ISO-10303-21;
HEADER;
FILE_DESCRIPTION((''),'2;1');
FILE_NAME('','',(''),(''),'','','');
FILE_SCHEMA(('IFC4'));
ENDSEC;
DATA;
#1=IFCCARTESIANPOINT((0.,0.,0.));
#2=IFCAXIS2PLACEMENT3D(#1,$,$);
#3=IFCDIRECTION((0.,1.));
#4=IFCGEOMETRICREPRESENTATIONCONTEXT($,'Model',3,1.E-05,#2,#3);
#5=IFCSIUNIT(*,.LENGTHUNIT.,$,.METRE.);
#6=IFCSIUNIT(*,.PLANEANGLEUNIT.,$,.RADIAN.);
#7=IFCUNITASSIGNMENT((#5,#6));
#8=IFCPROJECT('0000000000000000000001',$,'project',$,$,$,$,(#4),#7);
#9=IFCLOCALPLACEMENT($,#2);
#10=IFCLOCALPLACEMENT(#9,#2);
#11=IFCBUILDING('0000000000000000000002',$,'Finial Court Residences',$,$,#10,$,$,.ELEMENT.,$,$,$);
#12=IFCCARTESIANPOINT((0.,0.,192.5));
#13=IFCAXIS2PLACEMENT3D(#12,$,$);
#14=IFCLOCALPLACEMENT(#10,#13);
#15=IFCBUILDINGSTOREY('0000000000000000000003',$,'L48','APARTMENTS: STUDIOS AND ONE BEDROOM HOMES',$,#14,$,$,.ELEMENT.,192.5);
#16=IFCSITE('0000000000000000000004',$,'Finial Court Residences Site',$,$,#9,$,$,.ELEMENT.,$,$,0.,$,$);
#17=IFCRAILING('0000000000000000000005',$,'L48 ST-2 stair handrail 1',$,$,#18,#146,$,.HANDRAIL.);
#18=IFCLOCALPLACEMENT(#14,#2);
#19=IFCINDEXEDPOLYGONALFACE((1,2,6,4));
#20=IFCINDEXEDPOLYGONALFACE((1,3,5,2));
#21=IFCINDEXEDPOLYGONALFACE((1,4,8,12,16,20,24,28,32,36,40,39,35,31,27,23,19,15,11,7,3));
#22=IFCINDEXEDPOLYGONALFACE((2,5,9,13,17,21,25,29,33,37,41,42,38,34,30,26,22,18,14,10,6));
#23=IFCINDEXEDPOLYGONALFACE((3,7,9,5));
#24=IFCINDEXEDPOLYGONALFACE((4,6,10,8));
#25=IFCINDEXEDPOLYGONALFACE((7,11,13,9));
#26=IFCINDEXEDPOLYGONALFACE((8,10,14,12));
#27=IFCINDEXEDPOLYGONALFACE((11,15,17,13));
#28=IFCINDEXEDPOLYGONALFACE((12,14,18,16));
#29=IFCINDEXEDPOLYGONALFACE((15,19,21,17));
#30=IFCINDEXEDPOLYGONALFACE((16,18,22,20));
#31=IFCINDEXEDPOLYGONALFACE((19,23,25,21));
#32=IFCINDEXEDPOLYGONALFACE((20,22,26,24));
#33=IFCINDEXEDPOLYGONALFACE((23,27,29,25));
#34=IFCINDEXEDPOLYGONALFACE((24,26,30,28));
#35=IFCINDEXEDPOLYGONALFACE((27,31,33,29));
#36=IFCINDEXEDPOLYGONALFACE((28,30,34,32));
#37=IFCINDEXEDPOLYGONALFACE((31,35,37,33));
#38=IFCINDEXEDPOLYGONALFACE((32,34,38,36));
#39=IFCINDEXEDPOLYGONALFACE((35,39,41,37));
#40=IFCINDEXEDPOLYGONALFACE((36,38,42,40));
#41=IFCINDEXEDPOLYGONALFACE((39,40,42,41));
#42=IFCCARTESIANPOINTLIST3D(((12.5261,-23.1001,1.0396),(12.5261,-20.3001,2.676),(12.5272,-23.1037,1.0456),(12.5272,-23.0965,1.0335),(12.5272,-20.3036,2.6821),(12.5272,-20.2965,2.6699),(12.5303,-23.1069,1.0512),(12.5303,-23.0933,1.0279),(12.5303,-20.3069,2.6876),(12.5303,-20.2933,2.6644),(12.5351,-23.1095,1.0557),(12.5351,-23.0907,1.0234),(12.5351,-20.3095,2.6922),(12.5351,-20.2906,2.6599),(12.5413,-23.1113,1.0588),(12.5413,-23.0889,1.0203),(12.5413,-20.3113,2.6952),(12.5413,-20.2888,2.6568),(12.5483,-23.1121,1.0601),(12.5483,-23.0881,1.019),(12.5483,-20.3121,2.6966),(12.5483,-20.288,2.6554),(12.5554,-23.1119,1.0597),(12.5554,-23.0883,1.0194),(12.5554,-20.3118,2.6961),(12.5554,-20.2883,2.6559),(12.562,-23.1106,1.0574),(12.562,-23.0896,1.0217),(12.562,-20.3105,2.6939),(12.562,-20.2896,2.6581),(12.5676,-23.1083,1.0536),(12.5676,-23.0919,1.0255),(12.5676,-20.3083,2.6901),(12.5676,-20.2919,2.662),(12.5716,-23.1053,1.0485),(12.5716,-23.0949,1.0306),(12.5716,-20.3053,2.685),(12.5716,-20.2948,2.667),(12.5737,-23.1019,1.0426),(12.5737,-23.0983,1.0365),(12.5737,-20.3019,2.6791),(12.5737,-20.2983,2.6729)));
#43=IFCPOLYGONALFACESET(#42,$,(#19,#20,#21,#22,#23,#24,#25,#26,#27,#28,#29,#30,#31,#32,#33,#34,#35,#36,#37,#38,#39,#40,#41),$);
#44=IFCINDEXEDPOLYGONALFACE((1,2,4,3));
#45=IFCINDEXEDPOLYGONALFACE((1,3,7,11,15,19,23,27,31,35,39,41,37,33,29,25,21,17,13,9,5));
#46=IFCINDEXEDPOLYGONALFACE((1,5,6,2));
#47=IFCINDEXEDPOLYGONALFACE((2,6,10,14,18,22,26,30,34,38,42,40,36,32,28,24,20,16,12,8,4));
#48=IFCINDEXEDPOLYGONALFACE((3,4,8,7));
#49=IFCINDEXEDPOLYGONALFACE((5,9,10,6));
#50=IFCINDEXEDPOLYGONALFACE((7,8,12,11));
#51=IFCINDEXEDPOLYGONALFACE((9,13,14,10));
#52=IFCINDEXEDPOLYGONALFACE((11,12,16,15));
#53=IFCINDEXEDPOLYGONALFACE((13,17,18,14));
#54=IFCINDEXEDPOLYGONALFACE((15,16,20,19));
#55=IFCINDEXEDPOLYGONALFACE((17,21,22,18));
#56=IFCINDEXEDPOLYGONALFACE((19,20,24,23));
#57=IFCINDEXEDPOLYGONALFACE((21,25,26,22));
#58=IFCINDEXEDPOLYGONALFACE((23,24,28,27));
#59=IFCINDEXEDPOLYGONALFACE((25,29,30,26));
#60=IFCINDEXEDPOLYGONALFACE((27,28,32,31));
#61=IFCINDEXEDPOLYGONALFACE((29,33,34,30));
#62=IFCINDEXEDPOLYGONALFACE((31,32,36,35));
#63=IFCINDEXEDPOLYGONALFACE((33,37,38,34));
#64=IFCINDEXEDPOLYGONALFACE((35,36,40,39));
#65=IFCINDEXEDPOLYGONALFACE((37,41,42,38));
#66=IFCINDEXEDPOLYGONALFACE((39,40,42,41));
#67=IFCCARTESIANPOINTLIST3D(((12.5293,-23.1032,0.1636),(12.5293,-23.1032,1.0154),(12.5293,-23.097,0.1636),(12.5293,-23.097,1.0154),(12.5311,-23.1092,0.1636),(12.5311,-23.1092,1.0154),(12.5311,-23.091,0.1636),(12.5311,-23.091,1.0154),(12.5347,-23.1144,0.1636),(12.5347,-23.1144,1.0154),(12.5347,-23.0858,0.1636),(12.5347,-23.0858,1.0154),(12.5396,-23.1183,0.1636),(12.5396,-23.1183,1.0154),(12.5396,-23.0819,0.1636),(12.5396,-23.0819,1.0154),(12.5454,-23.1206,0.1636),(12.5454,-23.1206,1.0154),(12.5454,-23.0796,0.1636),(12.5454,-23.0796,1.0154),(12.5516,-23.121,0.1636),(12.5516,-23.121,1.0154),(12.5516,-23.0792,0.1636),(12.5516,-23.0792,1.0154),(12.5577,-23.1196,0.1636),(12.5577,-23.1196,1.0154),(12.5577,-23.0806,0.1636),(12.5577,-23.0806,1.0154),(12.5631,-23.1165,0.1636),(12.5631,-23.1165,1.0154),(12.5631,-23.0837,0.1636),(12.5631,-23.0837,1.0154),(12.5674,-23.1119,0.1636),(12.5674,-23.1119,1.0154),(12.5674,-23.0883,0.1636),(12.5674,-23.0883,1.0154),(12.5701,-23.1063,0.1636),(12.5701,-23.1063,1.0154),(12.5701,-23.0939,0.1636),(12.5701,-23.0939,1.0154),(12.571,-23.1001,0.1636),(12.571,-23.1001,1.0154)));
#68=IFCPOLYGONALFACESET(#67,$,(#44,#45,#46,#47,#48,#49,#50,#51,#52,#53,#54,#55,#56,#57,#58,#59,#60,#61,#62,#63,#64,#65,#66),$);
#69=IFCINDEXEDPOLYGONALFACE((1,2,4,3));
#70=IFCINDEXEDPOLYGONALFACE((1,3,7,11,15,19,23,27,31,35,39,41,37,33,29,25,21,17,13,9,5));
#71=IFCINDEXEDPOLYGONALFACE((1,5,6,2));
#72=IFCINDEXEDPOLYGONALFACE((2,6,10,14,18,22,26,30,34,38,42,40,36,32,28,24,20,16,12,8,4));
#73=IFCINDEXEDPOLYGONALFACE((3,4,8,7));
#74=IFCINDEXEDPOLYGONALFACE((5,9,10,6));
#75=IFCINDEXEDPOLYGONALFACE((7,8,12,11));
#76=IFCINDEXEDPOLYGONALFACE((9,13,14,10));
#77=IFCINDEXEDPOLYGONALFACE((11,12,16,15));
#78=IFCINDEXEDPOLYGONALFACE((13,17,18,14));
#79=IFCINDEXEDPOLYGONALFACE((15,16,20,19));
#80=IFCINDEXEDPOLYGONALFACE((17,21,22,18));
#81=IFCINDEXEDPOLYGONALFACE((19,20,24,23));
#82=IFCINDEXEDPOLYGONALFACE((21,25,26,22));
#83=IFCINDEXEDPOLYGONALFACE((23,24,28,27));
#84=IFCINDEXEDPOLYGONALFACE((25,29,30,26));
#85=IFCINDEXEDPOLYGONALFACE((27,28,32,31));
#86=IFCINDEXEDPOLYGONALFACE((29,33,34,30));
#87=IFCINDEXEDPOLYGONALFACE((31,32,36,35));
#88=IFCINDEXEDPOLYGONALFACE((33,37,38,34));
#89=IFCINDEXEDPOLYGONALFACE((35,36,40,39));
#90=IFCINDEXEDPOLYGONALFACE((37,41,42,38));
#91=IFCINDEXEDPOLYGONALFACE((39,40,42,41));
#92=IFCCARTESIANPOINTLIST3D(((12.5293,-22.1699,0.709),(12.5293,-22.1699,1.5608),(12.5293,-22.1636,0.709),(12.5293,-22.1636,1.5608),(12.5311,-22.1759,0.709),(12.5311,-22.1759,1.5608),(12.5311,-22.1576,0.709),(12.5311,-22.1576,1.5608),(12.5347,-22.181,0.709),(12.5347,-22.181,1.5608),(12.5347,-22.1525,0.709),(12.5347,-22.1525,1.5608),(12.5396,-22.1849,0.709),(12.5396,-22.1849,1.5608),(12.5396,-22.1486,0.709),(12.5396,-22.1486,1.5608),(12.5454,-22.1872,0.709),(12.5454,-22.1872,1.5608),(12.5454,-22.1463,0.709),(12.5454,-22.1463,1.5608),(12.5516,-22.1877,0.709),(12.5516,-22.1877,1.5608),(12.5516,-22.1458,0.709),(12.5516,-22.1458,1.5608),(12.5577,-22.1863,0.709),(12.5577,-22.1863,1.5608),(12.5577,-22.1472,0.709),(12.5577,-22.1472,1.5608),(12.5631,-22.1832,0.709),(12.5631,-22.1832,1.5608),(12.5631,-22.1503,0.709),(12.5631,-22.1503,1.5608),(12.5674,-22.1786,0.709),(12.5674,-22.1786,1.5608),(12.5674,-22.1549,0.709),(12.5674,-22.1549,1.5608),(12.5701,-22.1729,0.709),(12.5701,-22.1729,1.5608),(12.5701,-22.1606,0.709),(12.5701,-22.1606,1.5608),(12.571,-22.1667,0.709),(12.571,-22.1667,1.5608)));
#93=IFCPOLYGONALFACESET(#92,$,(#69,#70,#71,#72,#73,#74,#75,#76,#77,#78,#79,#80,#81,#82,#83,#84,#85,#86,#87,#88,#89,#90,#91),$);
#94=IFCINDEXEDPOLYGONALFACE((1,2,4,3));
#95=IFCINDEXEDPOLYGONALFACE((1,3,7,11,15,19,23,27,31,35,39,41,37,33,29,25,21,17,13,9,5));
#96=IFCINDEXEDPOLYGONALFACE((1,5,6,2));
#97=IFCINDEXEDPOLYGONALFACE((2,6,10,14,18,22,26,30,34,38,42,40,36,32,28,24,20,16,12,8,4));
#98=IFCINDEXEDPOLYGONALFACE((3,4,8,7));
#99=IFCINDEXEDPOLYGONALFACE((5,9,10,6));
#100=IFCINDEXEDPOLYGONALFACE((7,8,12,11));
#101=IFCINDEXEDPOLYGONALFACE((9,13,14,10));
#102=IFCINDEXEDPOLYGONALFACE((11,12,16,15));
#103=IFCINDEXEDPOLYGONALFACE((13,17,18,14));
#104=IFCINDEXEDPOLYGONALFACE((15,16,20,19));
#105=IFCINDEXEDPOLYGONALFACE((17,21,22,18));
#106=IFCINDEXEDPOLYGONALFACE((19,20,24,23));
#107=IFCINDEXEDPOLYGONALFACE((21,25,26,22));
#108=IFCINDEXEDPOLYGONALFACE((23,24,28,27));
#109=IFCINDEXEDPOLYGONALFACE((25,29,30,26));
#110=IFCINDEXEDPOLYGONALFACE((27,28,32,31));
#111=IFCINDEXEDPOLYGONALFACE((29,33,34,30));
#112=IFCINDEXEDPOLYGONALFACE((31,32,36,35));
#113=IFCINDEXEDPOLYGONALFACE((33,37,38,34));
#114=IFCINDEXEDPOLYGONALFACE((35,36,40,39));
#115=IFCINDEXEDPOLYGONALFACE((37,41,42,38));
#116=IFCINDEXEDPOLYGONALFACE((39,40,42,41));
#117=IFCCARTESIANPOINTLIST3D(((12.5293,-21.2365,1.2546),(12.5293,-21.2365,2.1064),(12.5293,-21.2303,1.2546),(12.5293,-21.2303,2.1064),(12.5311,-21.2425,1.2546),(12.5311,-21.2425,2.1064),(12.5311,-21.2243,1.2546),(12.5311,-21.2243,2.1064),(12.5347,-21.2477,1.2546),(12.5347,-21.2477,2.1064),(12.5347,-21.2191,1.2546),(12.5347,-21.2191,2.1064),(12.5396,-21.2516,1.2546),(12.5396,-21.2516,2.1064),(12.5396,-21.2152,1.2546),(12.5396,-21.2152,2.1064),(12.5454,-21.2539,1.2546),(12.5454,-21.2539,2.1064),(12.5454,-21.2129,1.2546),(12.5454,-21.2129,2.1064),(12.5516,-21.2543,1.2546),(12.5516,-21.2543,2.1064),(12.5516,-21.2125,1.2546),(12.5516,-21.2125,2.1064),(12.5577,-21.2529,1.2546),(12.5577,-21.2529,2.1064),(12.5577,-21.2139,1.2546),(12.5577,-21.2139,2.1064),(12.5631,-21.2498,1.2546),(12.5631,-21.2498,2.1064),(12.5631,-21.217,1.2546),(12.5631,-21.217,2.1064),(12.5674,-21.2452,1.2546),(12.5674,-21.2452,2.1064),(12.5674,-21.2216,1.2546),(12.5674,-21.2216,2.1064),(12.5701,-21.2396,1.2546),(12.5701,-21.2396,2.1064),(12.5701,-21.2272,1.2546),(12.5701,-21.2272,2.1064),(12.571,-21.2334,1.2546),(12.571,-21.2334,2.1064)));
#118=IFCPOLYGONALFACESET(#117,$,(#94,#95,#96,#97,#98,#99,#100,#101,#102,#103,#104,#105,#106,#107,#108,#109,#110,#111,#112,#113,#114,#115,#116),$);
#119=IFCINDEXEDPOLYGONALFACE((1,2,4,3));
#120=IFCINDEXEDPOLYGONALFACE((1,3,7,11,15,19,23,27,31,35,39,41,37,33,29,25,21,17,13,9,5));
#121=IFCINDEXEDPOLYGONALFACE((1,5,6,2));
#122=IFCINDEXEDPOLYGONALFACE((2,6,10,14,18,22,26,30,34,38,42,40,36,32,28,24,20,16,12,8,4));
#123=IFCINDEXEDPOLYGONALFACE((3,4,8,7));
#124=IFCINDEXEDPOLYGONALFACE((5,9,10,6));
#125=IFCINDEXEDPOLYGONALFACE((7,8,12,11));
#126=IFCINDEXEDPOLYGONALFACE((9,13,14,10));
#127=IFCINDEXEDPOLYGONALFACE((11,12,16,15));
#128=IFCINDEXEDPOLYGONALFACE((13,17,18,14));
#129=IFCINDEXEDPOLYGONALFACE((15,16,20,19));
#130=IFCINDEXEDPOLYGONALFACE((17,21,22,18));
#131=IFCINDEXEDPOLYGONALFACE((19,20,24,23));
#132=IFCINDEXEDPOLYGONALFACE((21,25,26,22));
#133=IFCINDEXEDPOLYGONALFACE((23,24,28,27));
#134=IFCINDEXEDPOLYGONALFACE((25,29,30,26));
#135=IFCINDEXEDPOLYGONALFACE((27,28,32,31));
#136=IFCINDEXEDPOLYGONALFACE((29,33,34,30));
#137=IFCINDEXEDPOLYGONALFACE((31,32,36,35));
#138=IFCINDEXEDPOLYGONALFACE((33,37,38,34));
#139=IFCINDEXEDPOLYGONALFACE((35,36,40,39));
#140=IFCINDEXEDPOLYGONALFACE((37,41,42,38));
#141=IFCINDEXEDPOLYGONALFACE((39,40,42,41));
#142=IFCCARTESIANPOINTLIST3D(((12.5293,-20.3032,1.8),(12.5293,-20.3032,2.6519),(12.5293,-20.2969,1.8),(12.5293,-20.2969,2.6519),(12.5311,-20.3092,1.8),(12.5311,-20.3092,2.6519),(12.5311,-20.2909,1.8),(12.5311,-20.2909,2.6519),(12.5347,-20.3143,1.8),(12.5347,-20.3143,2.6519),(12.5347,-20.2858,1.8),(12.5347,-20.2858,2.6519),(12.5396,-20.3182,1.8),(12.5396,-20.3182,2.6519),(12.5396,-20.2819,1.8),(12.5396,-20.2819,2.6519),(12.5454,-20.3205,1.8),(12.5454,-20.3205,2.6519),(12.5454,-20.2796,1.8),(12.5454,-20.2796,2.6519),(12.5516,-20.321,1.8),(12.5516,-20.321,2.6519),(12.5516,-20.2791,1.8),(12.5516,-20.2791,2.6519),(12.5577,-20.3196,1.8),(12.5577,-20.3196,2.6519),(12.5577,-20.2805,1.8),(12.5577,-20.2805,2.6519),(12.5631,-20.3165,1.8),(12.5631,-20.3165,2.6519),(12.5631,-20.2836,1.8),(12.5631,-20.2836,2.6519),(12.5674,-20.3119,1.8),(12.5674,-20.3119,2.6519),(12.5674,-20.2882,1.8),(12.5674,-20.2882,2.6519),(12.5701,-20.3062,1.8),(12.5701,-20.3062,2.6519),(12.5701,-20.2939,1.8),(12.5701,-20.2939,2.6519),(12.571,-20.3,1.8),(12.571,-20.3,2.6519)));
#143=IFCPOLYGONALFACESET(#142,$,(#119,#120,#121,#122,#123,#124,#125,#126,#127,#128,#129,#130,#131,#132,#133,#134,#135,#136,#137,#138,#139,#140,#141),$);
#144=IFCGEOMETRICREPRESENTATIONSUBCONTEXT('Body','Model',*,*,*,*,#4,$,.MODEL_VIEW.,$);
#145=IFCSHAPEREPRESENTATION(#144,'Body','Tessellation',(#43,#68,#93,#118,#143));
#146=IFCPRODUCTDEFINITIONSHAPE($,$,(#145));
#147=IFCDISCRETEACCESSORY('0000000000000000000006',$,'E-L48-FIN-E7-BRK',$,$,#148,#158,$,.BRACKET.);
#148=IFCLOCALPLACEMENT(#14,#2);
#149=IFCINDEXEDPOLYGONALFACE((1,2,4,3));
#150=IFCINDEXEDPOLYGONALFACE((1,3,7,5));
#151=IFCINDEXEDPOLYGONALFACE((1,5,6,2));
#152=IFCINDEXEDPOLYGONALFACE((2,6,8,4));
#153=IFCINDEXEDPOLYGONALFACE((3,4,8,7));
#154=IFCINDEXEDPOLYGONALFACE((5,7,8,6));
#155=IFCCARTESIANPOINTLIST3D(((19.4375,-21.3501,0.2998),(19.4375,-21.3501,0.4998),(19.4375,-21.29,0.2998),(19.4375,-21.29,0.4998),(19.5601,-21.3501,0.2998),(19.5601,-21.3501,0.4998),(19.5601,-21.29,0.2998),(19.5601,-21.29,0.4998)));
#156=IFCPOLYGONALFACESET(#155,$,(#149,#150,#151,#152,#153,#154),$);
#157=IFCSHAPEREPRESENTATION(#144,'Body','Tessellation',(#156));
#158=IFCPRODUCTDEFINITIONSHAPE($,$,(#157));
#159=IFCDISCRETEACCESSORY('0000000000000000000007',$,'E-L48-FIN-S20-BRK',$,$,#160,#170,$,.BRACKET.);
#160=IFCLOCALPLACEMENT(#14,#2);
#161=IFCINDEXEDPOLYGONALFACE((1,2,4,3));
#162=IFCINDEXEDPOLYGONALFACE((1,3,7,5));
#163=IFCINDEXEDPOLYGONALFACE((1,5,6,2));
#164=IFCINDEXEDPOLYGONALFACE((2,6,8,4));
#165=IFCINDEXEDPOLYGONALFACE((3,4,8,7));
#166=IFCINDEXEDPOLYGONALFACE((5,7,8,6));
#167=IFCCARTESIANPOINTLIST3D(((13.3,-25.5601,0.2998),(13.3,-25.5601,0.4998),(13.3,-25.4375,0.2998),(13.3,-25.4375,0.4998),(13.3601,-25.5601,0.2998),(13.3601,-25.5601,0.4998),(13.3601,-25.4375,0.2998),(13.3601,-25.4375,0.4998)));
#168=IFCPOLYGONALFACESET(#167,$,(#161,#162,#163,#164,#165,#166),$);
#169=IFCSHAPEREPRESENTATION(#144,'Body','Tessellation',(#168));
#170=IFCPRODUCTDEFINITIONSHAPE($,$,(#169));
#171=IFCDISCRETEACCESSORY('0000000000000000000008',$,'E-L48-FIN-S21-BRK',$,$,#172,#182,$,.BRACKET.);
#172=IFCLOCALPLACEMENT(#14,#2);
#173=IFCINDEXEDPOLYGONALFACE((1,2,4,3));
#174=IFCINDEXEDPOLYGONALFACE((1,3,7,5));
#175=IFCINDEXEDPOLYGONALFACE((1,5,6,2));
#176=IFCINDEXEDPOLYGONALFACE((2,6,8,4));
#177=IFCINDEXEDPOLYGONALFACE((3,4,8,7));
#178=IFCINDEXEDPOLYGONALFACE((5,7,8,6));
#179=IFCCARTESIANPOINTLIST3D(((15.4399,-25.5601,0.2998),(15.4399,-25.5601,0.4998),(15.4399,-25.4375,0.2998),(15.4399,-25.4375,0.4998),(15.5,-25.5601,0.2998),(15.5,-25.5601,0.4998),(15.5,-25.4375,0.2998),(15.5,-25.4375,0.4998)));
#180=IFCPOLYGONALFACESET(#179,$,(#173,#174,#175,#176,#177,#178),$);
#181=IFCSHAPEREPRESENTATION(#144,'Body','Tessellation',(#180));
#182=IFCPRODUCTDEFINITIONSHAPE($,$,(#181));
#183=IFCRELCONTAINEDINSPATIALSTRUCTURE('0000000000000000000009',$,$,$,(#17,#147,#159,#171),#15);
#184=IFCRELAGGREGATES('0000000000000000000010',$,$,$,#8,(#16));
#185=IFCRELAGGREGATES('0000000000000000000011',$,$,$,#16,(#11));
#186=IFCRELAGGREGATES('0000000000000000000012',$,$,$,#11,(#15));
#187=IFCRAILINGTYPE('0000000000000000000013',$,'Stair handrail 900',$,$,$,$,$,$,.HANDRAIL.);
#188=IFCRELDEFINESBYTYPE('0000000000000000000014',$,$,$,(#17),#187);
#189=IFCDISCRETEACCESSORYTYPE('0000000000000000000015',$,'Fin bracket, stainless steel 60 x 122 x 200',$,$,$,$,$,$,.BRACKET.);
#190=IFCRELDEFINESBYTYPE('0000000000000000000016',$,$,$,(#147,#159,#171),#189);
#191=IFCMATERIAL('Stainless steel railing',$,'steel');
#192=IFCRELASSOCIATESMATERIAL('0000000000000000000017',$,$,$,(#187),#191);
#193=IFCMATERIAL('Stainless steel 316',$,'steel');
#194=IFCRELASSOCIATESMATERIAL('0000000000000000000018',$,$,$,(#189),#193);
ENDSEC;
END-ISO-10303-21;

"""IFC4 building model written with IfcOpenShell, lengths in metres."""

from ifc_helpers import new_model, si_unit, direction, frame, origin, origin_2d, place, context, subcontext, project, spatial, rectangle, circle, extrude, material, type_object, element, save


model = new_model("IFC4")

# Units and contexts
model_context = context("Model", 3, precision=1e-05, world=origin(), true_north=direction((0.0, 1.0)))
body_context = subcontext(model_context, "Body", "Model", "MODEL_VIEW")
ifc_project = project(units=[si_unit("LENGTHUNIT", "METRE"), si_unit("PLANEANGLEUNIT", "RADIAN")], contexts=[model_context])

# Site, building, storey
site_placement = place(None, origin())
site = spatial("IfcSite", under=ifc_project, at=site_placement, Name="Finial Court Residences Site", CompositionType="ELEMENT", RefElevation=0.0)
building_placement = place(site_placement, origin())
building = spatial("IfcBuilding", under=site, at=building_placement, Name="Finial Court Residences", CompositionType="ELEMENT")
storey_placement = place(building_placement, frame((0.0, 0.0, 192.5)))
storey = spatial("IfcBuildingStorey", under=building, at=storey_placement, Name="L48", Description="APARTMENTS: STUDIOS AND ONE BEDROOM HOMES", CompositionType="ELEMENT", Elevation=192.5)

# Railing
ifc_material_1 = material(Name="Stainless steel railing", Category="steel")
railing_type = type_object("IfcRailingType", Name="Stair handrail 900", PredefinedType="HANDRAIL", material=ifc_material_1)
railing_placement = place(storey_placement, frame((12.55, -23.1001, 0.1636)))
element("IfcRailing", 1, at=railing_placement, inside=storey, type_object=railing_type, Name="L48 ST-2 stair handrail 1", PredefinedType="HANDRAIL", context=body_context, shape_type="SweptSolid", body=[
    extrude(circle(Radius=0.0239, at=origin_2d()), frame((0.0, 0.0, 0.876), z_axis=(0.0, 0.863361, 0.504587), x_axis=(-1.0, 0.0, 0.0)), (0.0, 0.0, 1.0), 3.2432),
    extrude(circle(Radius=0.021, at=origin_2d()), origin(), (0.0, 0.0, 1.0), 0.8518),
    extrude(circle(Radius=0.021, at=origin_2d()), frame((0.0, 0.9333, 0.5454)), (0.0, 0.0, 1.0), 0.8518),
    extrude(circle(Radius=0.021, at=origin_2d()), frame((0.0, 1.8667, 1.0911)), (0.0, 0.0, 1.0), 0.8518),
    extrude(circle(Radius=0.021, at=origin_2d()), frame((0.0, 2.8, 1.6365)), (0.0, 0.0, 1.0), 0.8518),
])

# Discrete accessories
ifc_material_2 = material(Name="Stainless steel 316", Category="steel")
discrete_accessory_type = type_object("IfcDiscreteAccessoryType", Name="Fin bracket, stainless steel 60 x 122 x 200", PredefinedType="BRACKET", material=ifc_material_2)
discrete_accessory_placement = place(storey_placement, frame((19.4988, -21.3201, 0.2998), z_axis=(0.0, 0.0, 1.0), x_axis=(1.0, 0.0, 0.0)))
element("IfcDiscreteAccessory", 2, at=discrete_accessory_placement, inside=storey, type_object=discrete_accessory_type, Name="E-L48-FIN-E7-BRK", PredefinedType="BRACKET", context=body_context, shape_type="SweptSolid", body=[
    extrude(rectangle(XDim=0.1226, YDim=0.0601, at=origin_2d()), origin(), (0.0, 0.0, 1.0), 0.2),
])
for number, where, z_axis, x_axis, name in (
    (3, (13.3301, -25.4988, 0.2998), (0.0, 0.0, 1.0), (1.0, 0.0, 0.0), "E-L48-FIN-S20-BRK"),
    (4, (15.47, -25.4988, 0.2998), (0.0, 0.0, 1.0), (1.0, 0.0, 0.0), "E-L48-FIN-S21-BRK"),
):
    element("IfcDiscreteAccessory", number, at=place(storey_placement, frame(where, z_axis=z_axis, x_axis=x_axis)), inside=storey, type_object=discrete_accessory_type, Name=name, PredefinedType="BRACKET", context=body_context, shape_type="SweptSolid", body=[
        extrude(rectangle(XDim=0.0601, YDim=0.1226, at=origin_2d()), origin(), (0.0, 0.0, 1.0), 0.2),
    ])

save(model, "model.ifc")
